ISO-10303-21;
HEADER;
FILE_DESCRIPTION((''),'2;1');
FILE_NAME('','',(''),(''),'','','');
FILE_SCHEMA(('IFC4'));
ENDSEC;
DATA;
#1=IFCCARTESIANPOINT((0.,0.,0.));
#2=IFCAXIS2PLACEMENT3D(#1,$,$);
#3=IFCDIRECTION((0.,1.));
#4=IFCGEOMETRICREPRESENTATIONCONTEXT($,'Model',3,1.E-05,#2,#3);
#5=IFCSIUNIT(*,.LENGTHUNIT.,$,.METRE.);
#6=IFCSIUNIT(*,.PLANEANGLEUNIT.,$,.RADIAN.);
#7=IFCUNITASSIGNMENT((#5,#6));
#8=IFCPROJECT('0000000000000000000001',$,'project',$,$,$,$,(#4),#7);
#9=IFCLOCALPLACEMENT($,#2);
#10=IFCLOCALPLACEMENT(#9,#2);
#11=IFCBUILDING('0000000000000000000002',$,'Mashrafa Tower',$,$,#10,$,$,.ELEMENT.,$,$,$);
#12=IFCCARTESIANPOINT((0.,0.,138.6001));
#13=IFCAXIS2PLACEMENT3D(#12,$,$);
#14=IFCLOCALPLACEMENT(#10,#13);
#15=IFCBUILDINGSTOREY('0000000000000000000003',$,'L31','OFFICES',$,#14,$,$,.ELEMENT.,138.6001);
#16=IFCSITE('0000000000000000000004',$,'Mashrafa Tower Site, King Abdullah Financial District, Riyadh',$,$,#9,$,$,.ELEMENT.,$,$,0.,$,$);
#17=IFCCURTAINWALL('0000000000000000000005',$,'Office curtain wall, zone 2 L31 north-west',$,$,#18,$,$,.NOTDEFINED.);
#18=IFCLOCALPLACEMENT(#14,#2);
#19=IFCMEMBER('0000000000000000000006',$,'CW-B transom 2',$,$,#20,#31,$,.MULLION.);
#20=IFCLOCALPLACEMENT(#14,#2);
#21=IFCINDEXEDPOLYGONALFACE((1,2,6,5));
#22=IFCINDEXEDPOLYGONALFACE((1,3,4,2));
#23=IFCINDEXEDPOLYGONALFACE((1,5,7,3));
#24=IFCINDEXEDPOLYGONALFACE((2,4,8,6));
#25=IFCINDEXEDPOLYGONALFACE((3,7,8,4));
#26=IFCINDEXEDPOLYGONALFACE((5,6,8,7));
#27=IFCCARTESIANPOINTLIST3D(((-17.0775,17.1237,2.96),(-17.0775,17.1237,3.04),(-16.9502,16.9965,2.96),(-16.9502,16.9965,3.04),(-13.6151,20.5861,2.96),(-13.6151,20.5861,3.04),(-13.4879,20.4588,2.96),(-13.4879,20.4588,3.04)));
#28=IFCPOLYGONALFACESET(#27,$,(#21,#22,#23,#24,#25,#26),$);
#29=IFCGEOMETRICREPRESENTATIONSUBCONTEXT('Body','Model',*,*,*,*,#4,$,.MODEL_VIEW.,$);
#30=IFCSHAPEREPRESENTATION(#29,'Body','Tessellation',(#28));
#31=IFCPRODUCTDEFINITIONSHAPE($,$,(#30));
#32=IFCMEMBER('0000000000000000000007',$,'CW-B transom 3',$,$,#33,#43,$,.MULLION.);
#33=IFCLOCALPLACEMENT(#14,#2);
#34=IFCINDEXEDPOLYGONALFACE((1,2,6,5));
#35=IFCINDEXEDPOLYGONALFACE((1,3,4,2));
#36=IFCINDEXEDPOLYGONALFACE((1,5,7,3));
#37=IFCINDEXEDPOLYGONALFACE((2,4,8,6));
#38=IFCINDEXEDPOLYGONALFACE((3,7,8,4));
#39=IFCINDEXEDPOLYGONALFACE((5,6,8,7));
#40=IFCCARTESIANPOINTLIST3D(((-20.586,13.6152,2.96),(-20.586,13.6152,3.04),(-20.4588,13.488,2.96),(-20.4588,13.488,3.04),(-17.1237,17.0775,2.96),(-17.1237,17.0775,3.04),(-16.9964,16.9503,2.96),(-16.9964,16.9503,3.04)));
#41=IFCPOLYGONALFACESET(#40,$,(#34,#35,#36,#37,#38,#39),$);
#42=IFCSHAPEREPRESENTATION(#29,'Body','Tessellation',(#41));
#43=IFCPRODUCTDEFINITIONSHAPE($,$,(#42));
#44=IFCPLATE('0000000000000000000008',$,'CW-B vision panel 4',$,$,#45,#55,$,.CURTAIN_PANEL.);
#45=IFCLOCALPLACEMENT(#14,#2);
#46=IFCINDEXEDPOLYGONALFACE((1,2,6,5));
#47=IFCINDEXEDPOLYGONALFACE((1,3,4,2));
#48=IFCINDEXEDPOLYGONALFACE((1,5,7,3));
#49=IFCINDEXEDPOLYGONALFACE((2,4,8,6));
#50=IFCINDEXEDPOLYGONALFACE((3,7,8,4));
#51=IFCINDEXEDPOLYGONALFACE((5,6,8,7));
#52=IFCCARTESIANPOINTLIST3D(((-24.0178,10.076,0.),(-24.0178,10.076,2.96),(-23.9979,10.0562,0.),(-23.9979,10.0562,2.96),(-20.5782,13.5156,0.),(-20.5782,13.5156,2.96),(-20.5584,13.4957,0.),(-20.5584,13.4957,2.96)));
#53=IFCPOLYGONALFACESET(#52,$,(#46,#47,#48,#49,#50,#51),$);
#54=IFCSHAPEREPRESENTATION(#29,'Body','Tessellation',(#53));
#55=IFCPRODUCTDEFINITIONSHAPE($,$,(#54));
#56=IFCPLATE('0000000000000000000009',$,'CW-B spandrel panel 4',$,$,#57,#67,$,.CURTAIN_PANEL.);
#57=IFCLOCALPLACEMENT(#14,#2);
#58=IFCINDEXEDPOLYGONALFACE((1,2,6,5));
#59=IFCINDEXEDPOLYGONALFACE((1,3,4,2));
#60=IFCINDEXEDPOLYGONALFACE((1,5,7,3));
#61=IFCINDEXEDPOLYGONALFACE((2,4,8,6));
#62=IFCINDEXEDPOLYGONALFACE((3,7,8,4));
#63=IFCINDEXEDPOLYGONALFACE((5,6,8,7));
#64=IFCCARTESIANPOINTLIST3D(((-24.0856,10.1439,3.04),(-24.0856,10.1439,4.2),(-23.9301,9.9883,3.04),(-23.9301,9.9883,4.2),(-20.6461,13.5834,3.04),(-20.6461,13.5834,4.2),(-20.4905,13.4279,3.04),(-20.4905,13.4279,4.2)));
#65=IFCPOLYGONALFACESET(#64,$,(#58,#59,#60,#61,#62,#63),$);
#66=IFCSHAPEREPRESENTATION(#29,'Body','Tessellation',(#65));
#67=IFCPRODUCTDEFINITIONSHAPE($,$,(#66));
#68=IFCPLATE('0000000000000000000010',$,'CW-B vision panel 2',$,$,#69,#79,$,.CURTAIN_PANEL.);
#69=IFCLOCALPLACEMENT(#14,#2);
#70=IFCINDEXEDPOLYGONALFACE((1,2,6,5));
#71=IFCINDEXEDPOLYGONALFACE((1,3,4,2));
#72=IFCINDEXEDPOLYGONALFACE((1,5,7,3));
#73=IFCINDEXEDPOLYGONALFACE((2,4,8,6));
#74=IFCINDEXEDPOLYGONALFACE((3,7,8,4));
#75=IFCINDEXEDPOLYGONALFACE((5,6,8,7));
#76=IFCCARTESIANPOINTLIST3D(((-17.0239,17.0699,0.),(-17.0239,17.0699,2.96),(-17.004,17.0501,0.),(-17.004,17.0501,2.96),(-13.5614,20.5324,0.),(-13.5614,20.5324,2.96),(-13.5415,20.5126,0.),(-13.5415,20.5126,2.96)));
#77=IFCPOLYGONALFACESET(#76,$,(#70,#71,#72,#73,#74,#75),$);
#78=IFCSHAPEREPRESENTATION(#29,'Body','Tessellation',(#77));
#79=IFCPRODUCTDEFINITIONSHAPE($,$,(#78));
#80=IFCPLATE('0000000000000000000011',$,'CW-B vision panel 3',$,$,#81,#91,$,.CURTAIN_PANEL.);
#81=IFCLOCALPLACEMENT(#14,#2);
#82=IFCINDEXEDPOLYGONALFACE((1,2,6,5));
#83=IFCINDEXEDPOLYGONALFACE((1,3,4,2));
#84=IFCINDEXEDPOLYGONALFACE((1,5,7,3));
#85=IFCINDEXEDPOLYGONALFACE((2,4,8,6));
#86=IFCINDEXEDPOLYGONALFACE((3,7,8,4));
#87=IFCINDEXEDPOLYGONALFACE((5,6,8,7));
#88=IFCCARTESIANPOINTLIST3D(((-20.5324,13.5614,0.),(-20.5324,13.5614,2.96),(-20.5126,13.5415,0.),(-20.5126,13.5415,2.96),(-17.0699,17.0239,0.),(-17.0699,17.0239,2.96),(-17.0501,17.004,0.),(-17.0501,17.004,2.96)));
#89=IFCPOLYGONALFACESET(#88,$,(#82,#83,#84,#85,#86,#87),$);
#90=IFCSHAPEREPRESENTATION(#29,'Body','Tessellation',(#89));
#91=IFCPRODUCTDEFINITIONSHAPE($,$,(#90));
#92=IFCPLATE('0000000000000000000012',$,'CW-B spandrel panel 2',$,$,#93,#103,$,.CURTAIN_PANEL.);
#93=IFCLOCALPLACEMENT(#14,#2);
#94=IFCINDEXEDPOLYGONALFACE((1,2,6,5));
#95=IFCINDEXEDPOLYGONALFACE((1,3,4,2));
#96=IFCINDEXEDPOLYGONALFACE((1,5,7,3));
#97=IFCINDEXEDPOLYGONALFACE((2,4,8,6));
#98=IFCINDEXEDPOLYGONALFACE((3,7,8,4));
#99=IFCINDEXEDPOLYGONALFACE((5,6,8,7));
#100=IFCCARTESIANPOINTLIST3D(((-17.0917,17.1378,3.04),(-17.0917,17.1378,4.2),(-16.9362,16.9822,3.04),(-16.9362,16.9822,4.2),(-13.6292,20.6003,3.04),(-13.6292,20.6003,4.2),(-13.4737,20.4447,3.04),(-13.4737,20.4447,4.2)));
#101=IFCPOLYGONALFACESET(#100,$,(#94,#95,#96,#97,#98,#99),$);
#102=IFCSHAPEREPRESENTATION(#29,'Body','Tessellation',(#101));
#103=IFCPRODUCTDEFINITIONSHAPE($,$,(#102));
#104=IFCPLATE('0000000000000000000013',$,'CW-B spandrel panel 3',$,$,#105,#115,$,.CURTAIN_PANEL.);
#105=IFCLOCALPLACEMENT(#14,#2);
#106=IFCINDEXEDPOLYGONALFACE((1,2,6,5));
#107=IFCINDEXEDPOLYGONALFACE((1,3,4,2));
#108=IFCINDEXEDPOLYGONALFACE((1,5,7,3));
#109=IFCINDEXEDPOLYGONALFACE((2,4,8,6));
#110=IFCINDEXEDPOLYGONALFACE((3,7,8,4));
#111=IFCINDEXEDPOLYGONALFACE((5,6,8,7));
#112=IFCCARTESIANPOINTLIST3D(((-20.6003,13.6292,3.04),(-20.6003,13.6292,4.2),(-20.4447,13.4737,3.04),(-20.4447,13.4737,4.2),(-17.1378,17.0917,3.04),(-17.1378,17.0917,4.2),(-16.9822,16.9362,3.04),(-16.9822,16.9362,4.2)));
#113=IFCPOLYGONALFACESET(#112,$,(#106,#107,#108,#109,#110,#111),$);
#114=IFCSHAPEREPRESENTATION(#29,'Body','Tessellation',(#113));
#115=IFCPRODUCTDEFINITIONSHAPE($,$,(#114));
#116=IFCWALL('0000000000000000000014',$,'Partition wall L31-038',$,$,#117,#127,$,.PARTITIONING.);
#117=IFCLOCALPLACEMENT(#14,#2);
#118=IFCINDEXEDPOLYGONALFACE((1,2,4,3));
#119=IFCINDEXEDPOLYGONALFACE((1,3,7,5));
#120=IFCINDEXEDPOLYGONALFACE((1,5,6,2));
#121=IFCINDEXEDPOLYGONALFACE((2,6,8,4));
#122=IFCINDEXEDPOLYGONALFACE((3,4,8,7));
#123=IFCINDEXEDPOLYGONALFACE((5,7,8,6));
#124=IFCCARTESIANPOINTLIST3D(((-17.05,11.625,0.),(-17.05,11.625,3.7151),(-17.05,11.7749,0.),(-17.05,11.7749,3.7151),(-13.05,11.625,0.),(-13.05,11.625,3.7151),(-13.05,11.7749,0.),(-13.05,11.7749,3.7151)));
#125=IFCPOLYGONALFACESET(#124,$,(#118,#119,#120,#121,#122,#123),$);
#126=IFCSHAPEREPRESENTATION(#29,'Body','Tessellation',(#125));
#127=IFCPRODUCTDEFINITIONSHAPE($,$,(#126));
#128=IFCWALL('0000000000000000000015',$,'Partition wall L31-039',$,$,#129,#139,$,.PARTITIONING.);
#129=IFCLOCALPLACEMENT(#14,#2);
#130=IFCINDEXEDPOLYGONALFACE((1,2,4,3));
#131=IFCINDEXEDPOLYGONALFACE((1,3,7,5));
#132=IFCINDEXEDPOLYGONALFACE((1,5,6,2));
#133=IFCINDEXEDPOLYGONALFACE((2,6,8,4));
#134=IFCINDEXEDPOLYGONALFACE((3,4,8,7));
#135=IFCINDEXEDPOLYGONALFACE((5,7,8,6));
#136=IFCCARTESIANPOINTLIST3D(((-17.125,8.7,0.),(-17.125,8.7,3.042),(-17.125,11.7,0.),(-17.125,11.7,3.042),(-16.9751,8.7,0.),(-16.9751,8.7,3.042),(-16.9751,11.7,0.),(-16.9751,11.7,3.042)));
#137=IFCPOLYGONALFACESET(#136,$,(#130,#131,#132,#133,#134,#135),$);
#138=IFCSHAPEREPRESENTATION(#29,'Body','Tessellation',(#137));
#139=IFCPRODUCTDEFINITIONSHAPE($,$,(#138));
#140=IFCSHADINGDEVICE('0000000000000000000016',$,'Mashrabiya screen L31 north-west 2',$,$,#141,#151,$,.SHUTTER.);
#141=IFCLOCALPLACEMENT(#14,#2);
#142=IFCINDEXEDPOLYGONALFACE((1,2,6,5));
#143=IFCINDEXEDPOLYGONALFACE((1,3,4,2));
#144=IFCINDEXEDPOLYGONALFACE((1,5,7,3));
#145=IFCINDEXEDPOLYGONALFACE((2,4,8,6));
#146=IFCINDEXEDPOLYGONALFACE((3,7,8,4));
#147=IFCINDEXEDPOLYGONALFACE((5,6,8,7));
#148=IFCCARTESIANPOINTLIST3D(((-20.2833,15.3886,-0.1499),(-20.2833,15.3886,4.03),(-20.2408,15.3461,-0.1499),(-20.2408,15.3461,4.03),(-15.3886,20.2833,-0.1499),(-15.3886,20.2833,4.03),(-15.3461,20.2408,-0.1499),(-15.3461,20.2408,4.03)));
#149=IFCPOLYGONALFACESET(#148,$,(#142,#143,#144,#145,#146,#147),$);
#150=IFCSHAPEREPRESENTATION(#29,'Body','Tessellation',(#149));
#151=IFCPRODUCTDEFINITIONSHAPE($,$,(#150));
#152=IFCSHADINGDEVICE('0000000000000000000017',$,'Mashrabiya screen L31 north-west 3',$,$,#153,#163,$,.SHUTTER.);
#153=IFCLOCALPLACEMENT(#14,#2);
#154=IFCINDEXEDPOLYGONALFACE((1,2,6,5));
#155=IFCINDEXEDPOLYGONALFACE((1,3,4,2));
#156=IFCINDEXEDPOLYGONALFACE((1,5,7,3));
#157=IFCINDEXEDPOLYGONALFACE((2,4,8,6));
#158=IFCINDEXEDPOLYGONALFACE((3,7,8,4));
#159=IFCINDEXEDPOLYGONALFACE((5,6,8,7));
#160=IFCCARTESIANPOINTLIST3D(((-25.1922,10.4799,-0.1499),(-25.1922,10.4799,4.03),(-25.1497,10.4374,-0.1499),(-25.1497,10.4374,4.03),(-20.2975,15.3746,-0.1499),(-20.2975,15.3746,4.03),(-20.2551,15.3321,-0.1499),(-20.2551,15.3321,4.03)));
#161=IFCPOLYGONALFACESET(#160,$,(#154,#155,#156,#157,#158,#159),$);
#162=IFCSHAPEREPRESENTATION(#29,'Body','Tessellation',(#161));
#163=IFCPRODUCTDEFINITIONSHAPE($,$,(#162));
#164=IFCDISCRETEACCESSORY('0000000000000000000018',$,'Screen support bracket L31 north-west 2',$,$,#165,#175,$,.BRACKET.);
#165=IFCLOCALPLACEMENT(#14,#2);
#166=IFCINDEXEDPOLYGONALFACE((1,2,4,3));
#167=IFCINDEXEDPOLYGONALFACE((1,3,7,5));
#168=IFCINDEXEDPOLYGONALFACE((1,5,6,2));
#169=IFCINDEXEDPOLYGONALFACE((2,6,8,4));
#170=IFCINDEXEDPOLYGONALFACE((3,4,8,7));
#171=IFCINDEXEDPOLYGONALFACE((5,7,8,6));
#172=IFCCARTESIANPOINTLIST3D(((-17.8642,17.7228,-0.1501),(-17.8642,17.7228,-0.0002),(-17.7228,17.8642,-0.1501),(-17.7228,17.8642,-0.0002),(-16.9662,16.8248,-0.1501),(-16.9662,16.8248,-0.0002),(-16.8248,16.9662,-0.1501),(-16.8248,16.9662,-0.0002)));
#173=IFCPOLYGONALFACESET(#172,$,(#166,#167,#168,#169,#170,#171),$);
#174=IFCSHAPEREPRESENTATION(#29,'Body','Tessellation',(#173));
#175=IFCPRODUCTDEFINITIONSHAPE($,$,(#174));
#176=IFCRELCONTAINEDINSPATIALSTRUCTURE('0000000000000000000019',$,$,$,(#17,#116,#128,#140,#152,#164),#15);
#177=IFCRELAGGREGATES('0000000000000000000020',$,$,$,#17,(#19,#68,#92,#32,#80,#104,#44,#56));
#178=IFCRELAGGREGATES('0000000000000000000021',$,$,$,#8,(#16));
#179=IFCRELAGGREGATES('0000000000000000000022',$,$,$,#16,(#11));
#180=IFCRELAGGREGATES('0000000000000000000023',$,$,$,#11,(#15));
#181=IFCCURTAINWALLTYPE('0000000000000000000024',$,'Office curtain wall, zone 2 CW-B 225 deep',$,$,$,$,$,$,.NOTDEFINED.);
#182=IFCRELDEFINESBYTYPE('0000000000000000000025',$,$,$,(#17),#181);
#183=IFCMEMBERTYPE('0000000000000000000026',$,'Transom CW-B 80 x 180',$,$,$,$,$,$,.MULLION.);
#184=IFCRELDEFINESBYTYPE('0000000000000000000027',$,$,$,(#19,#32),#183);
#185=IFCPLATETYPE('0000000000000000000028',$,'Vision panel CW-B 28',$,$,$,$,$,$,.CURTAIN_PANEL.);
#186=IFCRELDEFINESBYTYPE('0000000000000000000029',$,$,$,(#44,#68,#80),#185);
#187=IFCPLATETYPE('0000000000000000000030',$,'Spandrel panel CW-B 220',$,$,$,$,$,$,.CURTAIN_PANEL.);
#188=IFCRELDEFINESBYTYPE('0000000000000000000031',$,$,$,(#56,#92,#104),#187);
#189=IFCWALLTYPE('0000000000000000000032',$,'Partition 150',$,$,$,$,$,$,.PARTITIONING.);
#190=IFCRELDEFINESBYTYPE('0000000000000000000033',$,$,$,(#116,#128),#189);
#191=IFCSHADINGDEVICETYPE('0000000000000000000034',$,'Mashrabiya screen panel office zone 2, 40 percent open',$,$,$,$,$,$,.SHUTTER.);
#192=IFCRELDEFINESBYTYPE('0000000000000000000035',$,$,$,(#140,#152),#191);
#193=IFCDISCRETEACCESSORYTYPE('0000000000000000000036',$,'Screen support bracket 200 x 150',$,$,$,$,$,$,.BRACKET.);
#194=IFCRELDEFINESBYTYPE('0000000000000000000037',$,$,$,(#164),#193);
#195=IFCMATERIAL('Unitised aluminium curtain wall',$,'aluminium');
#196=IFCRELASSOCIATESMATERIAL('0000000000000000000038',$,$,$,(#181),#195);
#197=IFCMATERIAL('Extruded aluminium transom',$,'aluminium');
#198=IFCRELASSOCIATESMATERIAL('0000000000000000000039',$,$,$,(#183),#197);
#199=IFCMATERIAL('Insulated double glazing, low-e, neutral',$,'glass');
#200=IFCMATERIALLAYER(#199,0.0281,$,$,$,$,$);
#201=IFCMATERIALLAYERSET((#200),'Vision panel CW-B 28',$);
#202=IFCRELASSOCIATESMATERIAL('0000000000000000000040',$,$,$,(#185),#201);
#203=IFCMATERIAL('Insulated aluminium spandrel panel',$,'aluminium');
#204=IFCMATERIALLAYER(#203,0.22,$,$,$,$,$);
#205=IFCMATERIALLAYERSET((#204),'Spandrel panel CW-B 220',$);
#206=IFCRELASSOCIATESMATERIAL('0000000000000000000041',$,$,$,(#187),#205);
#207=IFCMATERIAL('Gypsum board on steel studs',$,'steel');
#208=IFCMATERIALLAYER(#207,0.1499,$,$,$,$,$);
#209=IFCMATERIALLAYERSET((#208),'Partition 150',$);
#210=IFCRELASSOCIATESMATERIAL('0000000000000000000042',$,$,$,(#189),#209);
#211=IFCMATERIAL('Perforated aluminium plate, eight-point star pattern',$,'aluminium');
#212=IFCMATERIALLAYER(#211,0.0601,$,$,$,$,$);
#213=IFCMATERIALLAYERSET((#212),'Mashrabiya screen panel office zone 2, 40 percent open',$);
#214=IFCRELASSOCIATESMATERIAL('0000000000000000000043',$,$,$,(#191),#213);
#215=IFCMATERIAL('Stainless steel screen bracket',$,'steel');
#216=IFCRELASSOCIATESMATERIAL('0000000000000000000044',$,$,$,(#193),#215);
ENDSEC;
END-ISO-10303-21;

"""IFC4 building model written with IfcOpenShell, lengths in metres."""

from ifc_helpers import new_model, si_unit, direction, frame, frame_2d, origin, origin_2d, place, context, subcontext, project, spatial, rectangle, extrude, source, transform, mapped, material, layer, layer_set, material_profile, profile_set, type_object, type_shapes, element, aggregate, save


model = new_model("IFC4")

# Units and contexts
model_context = context("Model", 3, precision=1e-05, world=origin(), true_north=direction((0.0, 1.0)))
body_context = subcontext(model_context, "Body", "Model", "MODEL_VIEW")
ifc_project = project(units=[si_unit("LENGTHUNIT", "METRE"), si_unit("PLANEANGLEUNIT", "RADIAN")], contexts=[model_context])

# Site, building, storey
site_placement = place(None, origin())
site = spatial("IfcSite", under=ifc_project, at=site_placement, Name="Mashrafa Tower Site, King Abdullah Financial District, Riyadh", CompositionType="ELEMENT", RefElevation=0.0)
building_placement = place(site_placement, origin())
building = spatial("IfcBuilding", under=site, at=building_placement, Name="Mashrafa Tower", CompositionType="ELEMENT")
storey_placement = place(building_placement, frame((0.0, 0.0, 138.6001)))
storey = spatial("IfcBuildingStorey", under=building, at=storey_placement, Name="L31", Description="OFFICES", CompositionType="ELEMENT", Elevation=138.6001)

# Curtain wall
ifc_material_1 = material(Name="Unitised aluminium curtain wall", Category="aluminium")
curtain_wall_type = type_object("IfcCurtainWallType", Name="Office curtain wall, zone 2 CW-B 225 deep", PredefinedType="NOTDEFINED", material=ifc_material_1)
curtain_wall_1_placement = place(storey_placement, origin())
curtain_wall_1 = element("IfcCurtainWall", 1, at=curtain_wall_1_placement, inside=storey, type_object=curtain_wall_type, Name="Office curtain wall, zone 2 L31 north-west", PredefinedType="NOTDEFINED")

# Members
ifc_material_2 = material(Name="Extruded aluminium transom", Category="aluminium")
ifc_material_profile_1 = material_profile(ifc_material_2, rectangle(XDim=0.1799, YDim=0.0801, at=origin_2d()), Name="Transom 80x180")
ifc_profile_set_1 = profile_set([ifc_material_profile_1], Name="Extruded aluminium transom")
member_type_1 = type_object("IfcMemberType", Name="Transom CW-B 80 x 180", PredefinedType="MULLION", material=ifc_profile_set_1)
shared_shape_1 = source(origin(), body_context, "Body", "SweptSolid", [
    extrude(rectangle(XDim=0.1799, YDim=0.0801, at=origin_2d()), origin(), (0.0, 0.0, 1.0), 4.8965),
])
member_1_placement = place(storey_placement, frame((-13.5515, 20.5225, 3.0), z_axis=(-0.707107, -0.707107, 0.0), x_axis=(0.707107, -0.707107, 0.0)))
member_1 = element("IfcMember", 2, at=member_1_placement, type_object=member_type_1, Name="CW-B transom 2", PredefinedType="MULLION", context=body_context, shape_type="MappedRepresentation", body=[
    mapped(shared_shape_1, transform((0.0, 0.0, 0.0))),
])
member_2_placement = place(storey_placement, frame((-17.0601, 17.0139, 3.0), z_axis=(-0.707107, -0.707107, 0.0), x_axis=(0.707107, -0.707107, 0.0)))
member_2 = element("IfcMember", 3, at=member_2_placement, type_object=member_type_1, Name="CW-B transom 3", PredefinedType="MULLION", context=body_context, shape_type="MappedRepresentation", body=[
    mapped(shared_shape_1, transform((0.0, 0.0, 0.0))),
])

# Plates
ifc_material_3 = material(Name="Insulated double glazing, low-e, neutral", Category="glass")
ifc_layer_1 = layer(ifc_material_3, 0.0281)
ifc_layer_set_1 = layer_set([ifc_layer_1], Name="Vision panel CW-B 28")
plate_type_1 = type_object("IfcPlateType", Name="Vision panel CW-B 28", PredefinedType="CURTAIN_PANEL", material=ifc_layer_set_1)
shared_shape_2 = source(origin(), body_context, "Body", "SweptSolid", [
    extrude(rectangle(XDim=4.8643, YDim=0.0281, at=origin_2d()), origin(), (0.0, 0.0, 1.0), 2.96),
])
plate_1_placement = place(storey_placement, frame((-22.2881, 11.7859, 0.0), z_axis=(0.0, 0.0, 1.0), x_axis=(-0.707107, -0.707107, 0.0)))
plate_1 = element("IfcPlate", 4, at=plate_1_placement, type_object=plate_type_1, Name="CW-B vision panel 4", PredefinedType="CURTAIN_PANEL", context=body_context, shape_type="MappedRepresentation", body=[
    mapped(shared_shape_2, transform((0.0, 0.0, 0.0))),
])
ifc_material_4 = material(Name="Insulated aluminium spandrel panel", Category="aluminium")
ifc_layer_2 = layer(ifc_material_4, 0.22)
ifc_layer_set_2 = layer_set([ifc_layer_2], Name="Spandrel panel CW-B 220")
plate_type_2 = type_object("IfcPlateType", Name="Spandrel panel CW-B 220", PredefinedType="CURTAIN_PANEL", material=ifc_layer_set_2)
shared_shape_3 = source(origin(), body_context, "Body", "SweptSolid", [
    extrude(rectangle(XDim=4.8643, YDim=0.22, at=origin_2d()), origin(), (0.0, 0.0, 1.0), 1.1599),
])
plate_2_placement = place(storey_placement, frame((-22.2881, 11.7859, 3.04), z_axis=(0.0, 0.0, 1.0), x_axis=(-0.707107, -0.707107, 0.0)))
plate_2 = element("IfcPlate", 5, at=plate_2_placement, type_object=plate_type_2, Name="CW-B spandrel panel 4", PredefinedType="CURTAIN_PANEL", context=body_context, shape_type="MappedRepresentation", body=[
    mapped(shared_shape_3, transform((0.0, 0.0, 0.0))),
])
shared_shape_4 = source(origin(), body_context, "Body", "SweptSolid", [
    extrude(rectangle(XDim=4.8967, YDim=0.0281, at=origin_2d()), origin(), (0.0, 0.0, 1.0), 2.96),
])
type_shapes(plate_type_1, [shared_shape_2, shared_shape_4])
plate_3_placement = place(storey_placement, frame((-15.2827, 18.7913, 0.0), z_axis=(0.0, 0.0, 1.0), x_axis=(-0.707107, -0.707107, 0.0)))
plate_3 = element("IfcPlate", 6, at=plate_3_placement, type_object=plate_type_1, Name="CW-B vision panel 2", PredefinedType="CURTAIN_PANEL", context=body_context, shape_type="MappedRepresentation", body=[
    mapped(shared_shape_4, transform((0.0, 0.0, 0.0))),
])
plate_4_placement = place(storey_placement, frame((-18.7913, 15.2827, 0.0), z_axis=(0.0, 0.0, 1.0), x_axis=(-0.707107, -0.707107, 0.0)))
plate_4 = element("IfcPlate", 7, at=plate_4_placement, type_object=plate_type_1, Name="CW-B vision panel 3", PredefinedType="CURTAIN_PANEL", context=body_context, shape_type="MappedRepresentation", body=[
    mapped(shared_shape_4, transform((0.0, 0.0, 0.0))),
])
shared_shape_5 = source(origin(), body_context, "Body", "SweptSolid", [
    extrude(rectangle(XDim=4.8967, YDim=0.22, at=origin_2d()), origin(), (0.0, 0.0, 1.0), 1.1599),
])
type_shapes(plate_type_2, [shared_shape_3, shared_shape_5])
plate_5_placement = place(storey_placement, frame((-15.2827, 18.7913, 3.04), z_axis=(0.0, 0.0, 1.0), x_axis=(-0.707107, -0.707107, 0.0)))
plate_5 = element("IfcPlate", 8, at=plate_5_placement, type_object=plate_type_2, Name="CW-B spandrel panel 2", PredefinedType="CURTAIN_PANEL", context=body_context, shape_type="MappedRepresentation", body=[
    mapped(shared_shape_5, transform((0.0, 0.0, 0.0))),
])
plate_6_placement = place(storey_placement, frame((-18.7913, 15.2827, 3.04), z_axis=(0.0, 0.0, 1.0), x_axis=(-0.707107, -0.707107, 0.0)))
plate_6 = element("IfcPlate", 9, at=plate_6_placement, type_object=plate_type_2, Name="CW-B spandrel panel 3", PredefinedType="CURTAIN_PANEL", context=body_context, shape_type="MappedRepresentation", body=[
    mapped(shared_shape_5, transform((0.0, 0.0, 0.0))),
])
aggregate(curtain_wall_1, [member_1, plate_3, plate_5, member_2, plate_4, plate_6, plate_1, plate_2])

# Walls
ifc_material_5 = material(Name="Gypsum board on steel studs", Category="steel")
ifc_layer_3 = layer(ifc_material_5, 0.1499)
ifc_layer_set_3 = layer_set([ifc_layer_3], Name="Partition 150")
wall_type = type_object("IfcWallType", Name="Partition 150", PredefinedType="PARTITIONING", material=ifc_layer_set_3)
wall_1_placement = place(storey_placement, frame((-13.05, 11.7, 0.0), z_axis=(0.0, 0.0, 1.0), x_axis=(-1.0, 0.0, 0.0)))
element("IfcWall", 10, at=wall_1_placement, inside=storey, type_object=wall_type, Name="Partition wall L31-038", PredefinedType="PARTITIONING", context=body_context, shape_type="SweptSolid", body=[
    extrude(rectangle(XDim=4.0, YDim=0.1499, at=frame_2d((2.0, 0.0))), origin(), (0.0, 0.0, 1.0), 3.7151),
])
wall_2_placement = place(storey_placement, frame((-17.05, 11.7, 0.0), z_axis=(0.0, 0.0, 1.0), x_axis=(0.0, -1.0, 0.0)))
element("IfcWall", 11, at=wall_2_placement, inside=storey, type_object=wall_type, Name="Partition wall L31-039", PredefinedType="PARTITIONING", context=body_context, shape_type="SweptSolid", body=[
    extrude(rectangle(XDim=3.0, YDim=0.1499, at=frame_2d((1.5, 0.0))), origin(), (0.0, 0.0, 1.0), 3.042),
])

# Shading devices
ifc_material_6 = material(Name="Perforated aluminium plate, eight-point star pattern", Category="aluminium")
ifc_layer_4 = layer(ifc_material_6, 0.0601)
ifc_layer_set_4 = layer_set([ifc_layer_4], Name="Mashrabiya screen panel office zone 2, 40 percent open")
shading_device_type = type_object("IfcShadingDeviceType", Name="Mashrabiya screen panel office zone 2, 40 percent open", PredefinedType="SHUTTER", material=ifc_layer_set_4)
shared_shape_6 = source(origin(), body_context, "Body", "SweptSolid", [
    extrude(rectangle(XDim=6.9221, YDim=0.0601, at=origin_2d()), origin(), (0.0, 0.0, 1.0), 4.1799),
])
type_shapes(shading_device_type, [shared_shape_6])
for number, where, z_axis, x_axis, name in (
    (12, (-17.8147, 17.8147, -0.1499), (0.0, 0.0, 1.0), (-0.707107, -0.707107, 0.0), "Mashrabiya screen L31 north-west 2"),
    (13, (-22.7236, 12.906, -0.1499), (0.0, 0.0, 1.0), (-0.707107, -0.707107, 0.0), "Mashrabiya screen L31 north-west 3"),
):
    element("IfcShadingDevice", number, at=place(storey_placement, frame(where, z_axis=z_axis, x_axis=x_axis)), inside=storey, type_object=shading_device_type, Name=name, PredefinedType="SHUTTER", context=body_context, shape_type="MappedRepresentation", body=[
        mapped(shared_shape_6, transform((0.0, 0.0, 0.0))),
    ])

# Discrete accessory
ifc_material_7 = material(Name="Stainless steel screen bracket", Category="steel")
discrete_accessory_type = type_object("IfcDiscreteAccessoryType", Name="Screen support bracket 200 x 150", PredefinedType="BRACKET", material=ifc_material_7)
shared_shape_7 = source(origin(), body_context, "Body", "SweptSolid", [
    extrude(rectangle(XDim=0.2, YDim=1.27, at=origin_2d()), origin(), (0.0, 0.0, 1.0), 0.1499),
])
type_shapes(discrete_accessory_type, [shared_shape_7])
for number, where, z_axis, x_axis, name in (
    (14, (-17.3445, 17.3445, -0.1501), (0.0, 0.0, 1.0), (-0.707107, -0.707107, 0.0), "Screen support bracket L31 north-west 2"),
):
    element("IfcDiscreteAccessory", number, at=place(storey_placement, frame(where, z_axis=z_axis, x_axis=x_axis)), inside=storey, type_object=discrete_accessory_type, Name=name, PredefinedType="BRACKET", context=body_context, shape_type="MappedRepresentation", body=[
        mapped(shared_shape_7, transform((0.0, 0.0, 0.0))),
    ])

save(model, "model.ifc")
